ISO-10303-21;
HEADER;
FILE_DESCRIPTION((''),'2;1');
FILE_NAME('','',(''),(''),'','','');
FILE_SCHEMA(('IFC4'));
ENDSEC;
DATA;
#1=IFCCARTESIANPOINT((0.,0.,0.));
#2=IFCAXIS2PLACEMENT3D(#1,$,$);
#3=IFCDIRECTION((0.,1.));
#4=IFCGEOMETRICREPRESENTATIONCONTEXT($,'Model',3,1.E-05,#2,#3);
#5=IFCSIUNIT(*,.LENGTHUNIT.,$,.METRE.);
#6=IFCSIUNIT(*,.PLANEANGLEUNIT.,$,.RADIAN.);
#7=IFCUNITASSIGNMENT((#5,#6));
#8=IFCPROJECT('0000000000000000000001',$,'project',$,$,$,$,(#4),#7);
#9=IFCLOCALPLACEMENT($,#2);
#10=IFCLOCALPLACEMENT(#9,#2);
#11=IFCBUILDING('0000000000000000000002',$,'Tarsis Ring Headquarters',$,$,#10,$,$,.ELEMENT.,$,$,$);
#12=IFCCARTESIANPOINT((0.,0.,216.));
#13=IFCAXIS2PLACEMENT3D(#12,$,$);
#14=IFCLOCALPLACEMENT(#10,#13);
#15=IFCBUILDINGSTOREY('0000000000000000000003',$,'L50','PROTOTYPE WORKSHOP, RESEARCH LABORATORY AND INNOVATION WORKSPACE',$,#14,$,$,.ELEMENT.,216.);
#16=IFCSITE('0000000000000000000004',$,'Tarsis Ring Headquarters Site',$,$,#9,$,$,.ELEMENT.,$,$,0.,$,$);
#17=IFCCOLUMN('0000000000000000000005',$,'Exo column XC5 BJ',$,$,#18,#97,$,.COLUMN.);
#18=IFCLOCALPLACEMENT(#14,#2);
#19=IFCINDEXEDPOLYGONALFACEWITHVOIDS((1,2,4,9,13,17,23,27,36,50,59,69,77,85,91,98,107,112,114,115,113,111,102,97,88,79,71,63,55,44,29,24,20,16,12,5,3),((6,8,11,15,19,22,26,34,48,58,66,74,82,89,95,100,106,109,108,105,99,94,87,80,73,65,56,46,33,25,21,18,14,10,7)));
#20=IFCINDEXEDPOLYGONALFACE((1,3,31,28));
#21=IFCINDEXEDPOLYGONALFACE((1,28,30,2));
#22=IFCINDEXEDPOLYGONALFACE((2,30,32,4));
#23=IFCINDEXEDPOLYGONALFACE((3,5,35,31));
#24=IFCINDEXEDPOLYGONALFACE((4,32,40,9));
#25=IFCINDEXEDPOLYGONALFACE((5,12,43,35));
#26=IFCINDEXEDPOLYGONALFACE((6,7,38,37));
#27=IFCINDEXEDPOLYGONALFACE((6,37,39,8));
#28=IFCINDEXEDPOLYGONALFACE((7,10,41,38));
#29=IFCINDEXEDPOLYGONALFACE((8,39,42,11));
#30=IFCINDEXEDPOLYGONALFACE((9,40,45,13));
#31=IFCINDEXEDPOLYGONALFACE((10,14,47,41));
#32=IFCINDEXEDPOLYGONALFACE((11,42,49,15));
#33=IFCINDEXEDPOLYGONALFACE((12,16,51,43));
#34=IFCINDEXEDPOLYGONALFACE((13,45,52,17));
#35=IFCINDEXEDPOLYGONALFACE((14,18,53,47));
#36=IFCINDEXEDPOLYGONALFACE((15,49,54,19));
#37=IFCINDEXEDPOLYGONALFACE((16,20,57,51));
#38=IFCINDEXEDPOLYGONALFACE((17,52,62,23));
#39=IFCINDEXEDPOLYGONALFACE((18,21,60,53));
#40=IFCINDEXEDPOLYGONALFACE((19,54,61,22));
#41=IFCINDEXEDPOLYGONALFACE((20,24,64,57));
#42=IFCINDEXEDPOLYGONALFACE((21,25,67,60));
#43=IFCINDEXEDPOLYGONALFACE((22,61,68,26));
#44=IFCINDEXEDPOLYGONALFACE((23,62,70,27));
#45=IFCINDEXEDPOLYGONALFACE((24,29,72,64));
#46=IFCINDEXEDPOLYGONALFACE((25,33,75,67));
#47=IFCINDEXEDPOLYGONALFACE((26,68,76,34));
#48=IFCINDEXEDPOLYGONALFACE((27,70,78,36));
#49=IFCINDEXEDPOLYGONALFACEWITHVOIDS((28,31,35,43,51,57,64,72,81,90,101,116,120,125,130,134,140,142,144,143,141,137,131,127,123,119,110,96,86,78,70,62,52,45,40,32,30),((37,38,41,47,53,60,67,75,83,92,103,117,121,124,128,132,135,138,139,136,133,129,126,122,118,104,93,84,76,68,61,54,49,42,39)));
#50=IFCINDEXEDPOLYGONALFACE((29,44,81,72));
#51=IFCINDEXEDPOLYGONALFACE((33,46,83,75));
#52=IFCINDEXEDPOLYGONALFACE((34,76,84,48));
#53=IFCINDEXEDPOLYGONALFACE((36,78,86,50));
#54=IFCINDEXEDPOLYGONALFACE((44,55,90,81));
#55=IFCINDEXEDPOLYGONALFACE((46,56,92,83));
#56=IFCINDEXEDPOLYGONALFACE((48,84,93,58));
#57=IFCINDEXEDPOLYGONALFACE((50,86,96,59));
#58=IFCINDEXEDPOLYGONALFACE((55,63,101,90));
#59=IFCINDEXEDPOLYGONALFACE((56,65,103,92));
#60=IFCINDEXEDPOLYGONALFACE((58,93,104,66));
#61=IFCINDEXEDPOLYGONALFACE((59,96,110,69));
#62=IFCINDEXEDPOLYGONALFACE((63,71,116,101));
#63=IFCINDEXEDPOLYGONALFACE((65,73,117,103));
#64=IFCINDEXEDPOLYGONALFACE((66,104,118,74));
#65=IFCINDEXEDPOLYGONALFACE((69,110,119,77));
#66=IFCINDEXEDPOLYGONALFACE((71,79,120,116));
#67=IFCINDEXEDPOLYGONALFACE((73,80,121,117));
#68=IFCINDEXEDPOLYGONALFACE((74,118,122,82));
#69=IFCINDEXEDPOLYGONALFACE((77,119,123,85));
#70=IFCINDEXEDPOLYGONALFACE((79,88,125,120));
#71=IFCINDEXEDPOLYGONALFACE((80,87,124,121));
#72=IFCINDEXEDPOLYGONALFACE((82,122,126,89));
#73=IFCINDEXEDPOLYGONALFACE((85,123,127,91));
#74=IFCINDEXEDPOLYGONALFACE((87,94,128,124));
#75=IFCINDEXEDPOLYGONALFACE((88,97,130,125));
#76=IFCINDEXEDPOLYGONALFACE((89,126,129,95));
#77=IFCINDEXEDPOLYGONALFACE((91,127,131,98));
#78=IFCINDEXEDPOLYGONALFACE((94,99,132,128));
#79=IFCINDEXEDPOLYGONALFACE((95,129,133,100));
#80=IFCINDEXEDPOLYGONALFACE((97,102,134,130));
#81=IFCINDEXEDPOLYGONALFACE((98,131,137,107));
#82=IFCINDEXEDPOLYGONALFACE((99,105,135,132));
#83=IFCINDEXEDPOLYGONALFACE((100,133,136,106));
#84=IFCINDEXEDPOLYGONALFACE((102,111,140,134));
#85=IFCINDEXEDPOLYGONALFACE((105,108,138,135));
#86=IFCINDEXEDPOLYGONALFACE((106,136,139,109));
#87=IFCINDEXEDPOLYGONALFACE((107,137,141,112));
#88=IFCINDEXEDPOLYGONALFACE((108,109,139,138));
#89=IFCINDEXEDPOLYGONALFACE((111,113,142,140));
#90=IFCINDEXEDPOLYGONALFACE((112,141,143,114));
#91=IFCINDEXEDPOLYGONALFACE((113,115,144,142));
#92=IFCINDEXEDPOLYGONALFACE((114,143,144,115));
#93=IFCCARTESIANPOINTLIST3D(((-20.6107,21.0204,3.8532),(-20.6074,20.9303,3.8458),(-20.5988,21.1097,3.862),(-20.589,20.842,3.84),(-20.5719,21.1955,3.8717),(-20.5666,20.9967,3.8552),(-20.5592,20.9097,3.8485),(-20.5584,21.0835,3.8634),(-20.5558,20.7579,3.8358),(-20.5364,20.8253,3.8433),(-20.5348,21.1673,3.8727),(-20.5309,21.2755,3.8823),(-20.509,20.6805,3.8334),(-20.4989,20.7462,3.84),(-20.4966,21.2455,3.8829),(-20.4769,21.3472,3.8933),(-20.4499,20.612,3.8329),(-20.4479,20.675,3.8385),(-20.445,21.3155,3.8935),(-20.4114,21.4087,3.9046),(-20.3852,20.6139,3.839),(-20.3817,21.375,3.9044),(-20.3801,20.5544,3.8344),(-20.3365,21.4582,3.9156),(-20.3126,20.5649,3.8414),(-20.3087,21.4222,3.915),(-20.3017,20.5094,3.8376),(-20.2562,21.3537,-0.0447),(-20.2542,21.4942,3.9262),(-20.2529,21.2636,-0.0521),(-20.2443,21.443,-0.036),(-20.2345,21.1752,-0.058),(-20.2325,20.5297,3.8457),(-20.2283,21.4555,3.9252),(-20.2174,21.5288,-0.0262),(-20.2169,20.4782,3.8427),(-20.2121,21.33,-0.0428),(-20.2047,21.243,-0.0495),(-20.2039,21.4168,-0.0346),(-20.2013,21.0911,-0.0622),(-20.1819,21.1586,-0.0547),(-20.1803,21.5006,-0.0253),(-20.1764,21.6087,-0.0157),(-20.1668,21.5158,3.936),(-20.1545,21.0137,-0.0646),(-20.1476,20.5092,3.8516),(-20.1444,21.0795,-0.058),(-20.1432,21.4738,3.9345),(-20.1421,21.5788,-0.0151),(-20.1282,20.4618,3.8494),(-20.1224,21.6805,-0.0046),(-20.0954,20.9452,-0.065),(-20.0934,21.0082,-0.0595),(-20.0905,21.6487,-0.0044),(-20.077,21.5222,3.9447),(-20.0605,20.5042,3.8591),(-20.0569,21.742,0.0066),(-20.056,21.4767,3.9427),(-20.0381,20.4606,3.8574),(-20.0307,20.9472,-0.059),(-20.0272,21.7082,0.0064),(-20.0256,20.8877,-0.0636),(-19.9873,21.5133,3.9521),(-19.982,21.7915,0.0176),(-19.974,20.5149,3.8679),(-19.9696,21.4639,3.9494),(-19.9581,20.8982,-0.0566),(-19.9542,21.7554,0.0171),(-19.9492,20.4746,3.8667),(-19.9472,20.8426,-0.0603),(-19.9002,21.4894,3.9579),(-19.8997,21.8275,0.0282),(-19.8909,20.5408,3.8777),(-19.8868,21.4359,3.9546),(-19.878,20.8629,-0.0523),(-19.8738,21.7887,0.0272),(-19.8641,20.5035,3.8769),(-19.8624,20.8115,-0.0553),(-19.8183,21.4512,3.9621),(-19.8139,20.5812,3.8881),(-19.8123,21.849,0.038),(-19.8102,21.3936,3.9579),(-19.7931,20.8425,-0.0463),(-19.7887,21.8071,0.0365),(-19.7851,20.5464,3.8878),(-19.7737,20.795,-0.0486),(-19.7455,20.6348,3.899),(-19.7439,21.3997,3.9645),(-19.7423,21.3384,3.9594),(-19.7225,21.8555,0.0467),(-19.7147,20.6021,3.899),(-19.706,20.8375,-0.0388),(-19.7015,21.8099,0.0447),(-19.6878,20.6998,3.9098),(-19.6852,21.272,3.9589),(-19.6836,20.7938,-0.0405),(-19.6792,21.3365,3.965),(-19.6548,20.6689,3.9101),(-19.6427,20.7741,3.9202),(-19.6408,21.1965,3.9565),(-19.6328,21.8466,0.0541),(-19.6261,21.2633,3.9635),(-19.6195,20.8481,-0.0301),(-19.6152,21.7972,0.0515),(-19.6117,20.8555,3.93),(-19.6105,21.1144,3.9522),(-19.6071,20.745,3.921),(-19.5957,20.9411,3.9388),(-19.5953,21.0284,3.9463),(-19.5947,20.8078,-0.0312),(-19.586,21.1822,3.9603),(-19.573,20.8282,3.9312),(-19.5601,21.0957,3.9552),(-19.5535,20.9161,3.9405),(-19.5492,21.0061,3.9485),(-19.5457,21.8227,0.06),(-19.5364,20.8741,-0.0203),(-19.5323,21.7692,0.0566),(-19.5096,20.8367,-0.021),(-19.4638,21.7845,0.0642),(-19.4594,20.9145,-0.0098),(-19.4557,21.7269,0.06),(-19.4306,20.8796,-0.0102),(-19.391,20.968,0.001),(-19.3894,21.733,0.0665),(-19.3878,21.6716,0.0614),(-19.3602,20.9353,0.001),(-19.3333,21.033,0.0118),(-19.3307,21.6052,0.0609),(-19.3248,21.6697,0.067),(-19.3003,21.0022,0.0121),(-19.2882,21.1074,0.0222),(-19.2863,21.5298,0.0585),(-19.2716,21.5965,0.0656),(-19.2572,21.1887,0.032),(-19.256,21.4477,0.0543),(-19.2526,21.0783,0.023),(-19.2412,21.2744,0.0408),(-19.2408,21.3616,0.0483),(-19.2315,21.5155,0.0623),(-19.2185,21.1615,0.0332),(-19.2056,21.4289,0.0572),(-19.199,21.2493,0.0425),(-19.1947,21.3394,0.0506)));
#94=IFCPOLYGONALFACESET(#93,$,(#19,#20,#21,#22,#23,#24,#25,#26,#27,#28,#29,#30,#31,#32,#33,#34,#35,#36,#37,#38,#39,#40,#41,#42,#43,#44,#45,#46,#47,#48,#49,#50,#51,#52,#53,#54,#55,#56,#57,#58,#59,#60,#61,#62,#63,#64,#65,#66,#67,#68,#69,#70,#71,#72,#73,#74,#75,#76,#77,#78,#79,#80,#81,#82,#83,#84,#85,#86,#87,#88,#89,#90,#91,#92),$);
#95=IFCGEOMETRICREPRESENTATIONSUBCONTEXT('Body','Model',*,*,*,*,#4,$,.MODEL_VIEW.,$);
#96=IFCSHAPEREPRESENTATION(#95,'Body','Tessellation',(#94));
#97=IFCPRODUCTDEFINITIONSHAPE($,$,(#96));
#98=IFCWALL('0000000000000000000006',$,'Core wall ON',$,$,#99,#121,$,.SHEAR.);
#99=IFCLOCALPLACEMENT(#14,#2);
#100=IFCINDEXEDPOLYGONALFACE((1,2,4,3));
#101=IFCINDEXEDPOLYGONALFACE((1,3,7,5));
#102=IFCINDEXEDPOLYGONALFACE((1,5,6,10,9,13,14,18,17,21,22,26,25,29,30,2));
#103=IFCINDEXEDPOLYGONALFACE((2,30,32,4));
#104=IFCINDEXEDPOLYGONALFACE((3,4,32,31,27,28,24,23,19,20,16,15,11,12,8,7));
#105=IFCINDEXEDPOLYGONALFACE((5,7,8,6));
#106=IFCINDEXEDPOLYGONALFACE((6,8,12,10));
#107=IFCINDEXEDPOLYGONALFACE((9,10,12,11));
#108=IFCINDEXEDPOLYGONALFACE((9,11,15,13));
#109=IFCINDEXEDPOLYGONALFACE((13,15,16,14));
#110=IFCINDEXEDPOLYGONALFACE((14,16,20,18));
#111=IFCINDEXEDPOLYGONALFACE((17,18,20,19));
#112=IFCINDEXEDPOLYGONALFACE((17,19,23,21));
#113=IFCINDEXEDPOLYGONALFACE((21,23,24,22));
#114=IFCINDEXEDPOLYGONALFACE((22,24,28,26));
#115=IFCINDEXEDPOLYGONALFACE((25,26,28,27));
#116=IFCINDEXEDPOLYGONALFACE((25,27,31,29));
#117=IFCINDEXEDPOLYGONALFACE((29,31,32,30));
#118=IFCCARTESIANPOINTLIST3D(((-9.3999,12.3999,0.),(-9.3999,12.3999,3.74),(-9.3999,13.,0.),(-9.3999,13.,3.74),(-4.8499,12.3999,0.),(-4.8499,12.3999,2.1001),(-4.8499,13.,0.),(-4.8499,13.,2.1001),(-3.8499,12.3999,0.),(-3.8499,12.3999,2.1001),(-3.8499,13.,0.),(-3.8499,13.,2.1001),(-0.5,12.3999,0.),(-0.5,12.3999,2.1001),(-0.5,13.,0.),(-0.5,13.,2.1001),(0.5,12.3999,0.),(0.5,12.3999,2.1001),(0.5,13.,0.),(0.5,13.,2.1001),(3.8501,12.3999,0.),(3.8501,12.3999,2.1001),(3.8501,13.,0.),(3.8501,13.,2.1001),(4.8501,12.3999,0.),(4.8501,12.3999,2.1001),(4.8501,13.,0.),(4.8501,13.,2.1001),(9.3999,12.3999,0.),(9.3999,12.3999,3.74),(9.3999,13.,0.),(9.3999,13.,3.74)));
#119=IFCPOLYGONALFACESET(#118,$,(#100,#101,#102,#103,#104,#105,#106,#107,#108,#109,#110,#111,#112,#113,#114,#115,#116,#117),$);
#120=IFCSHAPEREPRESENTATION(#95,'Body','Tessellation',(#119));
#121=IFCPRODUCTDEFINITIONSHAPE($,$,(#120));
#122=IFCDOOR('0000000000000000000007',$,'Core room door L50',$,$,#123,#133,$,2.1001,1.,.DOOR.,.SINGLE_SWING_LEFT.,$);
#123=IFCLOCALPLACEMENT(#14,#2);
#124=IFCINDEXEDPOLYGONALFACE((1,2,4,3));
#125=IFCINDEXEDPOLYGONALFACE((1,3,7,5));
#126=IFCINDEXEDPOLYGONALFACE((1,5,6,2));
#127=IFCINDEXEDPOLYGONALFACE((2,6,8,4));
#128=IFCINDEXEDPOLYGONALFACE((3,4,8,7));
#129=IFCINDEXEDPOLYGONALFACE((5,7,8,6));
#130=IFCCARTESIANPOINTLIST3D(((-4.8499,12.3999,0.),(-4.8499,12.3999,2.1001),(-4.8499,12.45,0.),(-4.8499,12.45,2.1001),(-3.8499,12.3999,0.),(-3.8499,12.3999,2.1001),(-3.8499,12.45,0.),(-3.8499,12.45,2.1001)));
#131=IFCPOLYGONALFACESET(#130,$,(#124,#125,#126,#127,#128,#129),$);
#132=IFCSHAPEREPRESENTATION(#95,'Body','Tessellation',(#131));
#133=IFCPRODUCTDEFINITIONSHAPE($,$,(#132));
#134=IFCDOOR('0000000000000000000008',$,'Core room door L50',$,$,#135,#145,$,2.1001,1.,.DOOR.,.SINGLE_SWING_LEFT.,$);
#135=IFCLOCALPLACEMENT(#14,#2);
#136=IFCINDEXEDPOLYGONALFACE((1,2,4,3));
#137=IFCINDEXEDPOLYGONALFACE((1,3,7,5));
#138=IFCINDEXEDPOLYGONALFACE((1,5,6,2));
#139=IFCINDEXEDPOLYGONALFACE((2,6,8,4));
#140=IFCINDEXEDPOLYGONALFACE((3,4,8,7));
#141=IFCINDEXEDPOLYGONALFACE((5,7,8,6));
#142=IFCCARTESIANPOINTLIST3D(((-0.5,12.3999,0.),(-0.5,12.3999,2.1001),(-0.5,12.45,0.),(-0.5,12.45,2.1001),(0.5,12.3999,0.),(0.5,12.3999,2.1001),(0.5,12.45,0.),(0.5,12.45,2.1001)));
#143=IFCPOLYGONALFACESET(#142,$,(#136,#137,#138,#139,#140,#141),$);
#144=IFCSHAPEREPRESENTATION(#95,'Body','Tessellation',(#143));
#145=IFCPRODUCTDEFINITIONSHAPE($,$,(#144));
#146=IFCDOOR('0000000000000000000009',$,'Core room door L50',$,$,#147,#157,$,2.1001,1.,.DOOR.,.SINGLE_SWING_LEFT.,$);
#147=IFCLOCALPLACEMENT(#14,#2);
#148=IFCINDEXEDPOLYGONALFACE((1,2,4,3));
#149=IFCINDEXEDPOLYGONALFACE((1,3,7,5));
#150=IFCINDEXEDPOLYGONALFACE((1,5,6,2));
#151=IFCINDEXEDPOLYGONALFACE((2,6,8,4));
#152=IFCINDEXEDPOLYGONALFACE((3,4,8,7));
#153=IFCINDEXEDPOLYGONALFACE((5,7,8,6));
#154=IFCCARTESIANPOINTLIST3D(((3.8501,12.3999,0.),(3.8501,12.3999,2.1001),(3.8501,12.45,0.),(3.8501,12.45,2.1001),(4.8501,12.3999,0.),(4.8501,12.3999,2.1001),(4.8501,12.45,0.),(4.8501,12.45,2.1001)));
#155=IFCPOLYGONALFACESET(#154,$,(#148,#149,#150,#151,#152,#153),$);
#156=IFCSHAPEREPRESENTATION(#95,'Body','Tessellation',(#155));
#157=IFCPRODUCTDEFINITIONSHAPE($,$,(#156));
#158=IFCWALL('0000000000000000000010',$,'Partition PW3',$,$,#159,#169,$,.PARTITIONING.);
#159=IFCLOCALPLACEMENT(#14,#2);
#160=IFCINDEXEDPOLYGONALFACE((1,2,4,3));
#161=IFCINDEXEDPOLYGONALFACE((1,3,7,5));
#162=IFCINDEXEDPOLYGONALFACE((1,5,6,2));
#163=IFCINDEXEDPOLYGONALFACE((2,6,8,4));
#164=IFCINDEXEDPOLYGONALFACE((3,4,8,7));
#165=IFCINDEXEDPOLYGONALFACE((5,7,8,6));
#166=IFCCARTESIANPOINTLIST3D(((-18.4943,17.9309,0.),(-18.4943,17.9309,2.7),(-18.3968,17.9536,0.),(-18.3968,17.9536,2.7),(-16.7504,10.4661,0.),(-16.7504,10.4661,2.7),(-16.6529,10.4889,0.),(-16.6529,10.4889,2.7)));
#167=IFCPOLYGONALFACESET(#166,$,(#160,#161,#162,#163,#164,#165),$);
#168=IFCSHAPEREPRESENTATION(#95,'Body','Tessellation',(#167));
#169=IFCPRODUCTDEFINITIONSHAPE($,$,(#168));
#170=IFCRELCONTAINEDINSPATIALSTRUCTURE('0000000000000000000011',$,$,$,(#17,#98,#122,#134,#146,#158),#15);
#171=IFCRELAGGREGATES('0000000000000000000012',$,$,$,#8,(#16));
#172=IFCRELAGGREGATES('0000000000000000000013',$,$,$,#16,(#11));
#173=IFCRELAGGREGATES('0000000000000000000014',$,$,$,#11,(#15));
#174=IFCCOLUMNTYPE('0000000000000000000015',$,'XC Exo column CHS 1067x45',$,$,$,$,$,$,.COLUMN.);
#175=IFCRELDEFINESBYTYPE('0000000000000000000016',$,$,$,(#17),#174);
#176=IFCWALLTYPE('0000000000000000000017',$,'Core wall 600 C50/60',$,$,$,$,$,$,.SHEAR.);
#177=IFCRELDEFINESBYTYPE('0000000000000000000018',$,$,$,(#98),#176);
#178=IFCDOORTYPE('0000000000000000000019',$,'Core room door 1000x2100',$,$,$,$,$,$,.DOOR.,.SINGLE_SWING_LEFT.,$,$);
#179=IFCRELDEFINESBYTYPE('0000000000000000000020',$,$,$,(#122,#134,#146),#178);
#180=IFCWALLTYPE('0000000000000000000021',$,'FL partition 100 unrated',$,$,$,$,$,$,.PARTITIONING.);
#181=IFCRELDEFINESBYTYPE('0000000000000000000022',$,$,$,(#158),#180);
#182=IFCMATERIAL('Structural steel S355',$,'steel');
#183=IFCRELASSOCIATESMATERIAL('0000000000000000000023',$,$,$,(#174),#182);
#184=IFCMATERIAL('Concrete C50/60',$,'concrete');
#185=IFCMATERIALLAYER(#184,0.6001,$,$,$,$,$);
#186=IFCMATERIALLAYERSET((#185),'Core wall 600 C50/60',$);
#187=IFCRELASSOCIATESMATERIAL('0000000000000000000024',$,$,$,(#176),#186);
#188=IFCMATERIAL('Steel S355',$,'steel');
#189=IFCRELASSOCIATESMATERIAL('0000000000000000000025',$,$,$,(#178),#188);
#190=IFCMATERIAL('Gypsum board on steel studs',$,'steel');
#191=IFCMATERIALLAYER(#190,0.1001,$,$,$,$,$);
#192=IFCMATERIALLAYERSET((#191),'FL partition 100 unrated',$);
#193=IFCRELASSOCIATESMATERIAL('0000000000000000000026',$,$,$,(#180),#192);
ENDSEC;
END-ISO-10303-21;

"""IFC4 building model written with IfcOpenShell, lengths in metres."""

from ifc_helpers import new_model, si_unit, direction, frame, frame_2d, origin, origin_2d, place, context, subcontext, project, spatial, rectangle, hollow_circle, extrude, material, layer, layer_set, material_profile, profile_set, type_object, element, fill, save


model = new_model("IFC4")

# Units and contexts
model_context = context("Model", 3, precision=1e-05, world=origin(), true_north=direction((0.0, 1.0)))
body_context = subcontext(model_context, "Body", "Model", "MODEL_VIEW")
ifc_project = project(units=[si_unit("LENGTHUNIT", "METRE"), si_unit("PLANEANGLEUNIT", "RADIAN")], contexts=[model_context])

# Site, building, storey
site_placement = place(None, origin())
site = spatial("IfcSite", under=ifc_project, at=site_placement, Name="Tarsis Ring Headquarters Site", CompositionType="ELEMENT", RefElevation=0.0)
building_placement = place(site_placement, origin())
building = spatial("IfcBuilding", under=site, at=building_placement, Name="Tarsis Ring Headquarters", CompositionType="ELEMENT")
storey_placement = place(building_placement, frame((0.0, 0.0, 216.0)))
storey = spatial("IfcBuildingStorey", under=building, at=storey_placement, Name="L50", Description="PROTOTYPE WORKSHOP, RESEARCH LABORATORY AND INNOVATION WORKSPACE", CompositionType="ELEMENT", Elevation=216.0)

# Column
ifc_material_1 = material(Name="Structural steel S355", Category="steel")
ifc_material_profile = material_profile(ifc_material_1, hollow_circle(Radius=0.5334, WallThickness=0.0449, at=origin_2d()), Name="CHS 1067x45")
ifc_profile_set = profile_set([ifc_material_profile], Name="Structural steel S355")
column_type = type_object("IfcColumnType", Name="XC Exo column CHS 1067x45", PredefinedType="COLUMN", material=ifc_profile_set)
column_placement = place(storey_placement, frame((-19.7256, 21.324, 0.001), z_axis=(-0.090243, -0.084836, 0.9923), x_axis=(0.684942, -0.728598, 0.0)))
element("IfcColumn", 1, at=column_placement, inside=storey, type_object=column_type, Name="Exo column XC5 BJ", PredefinedType="COLUMN", context=body_context, shape_type="SweptSolid", body=[
    extrude(hollow_circle(Radius=0.5334, WallThickness=0.0449, at=origin_2d()), origin(), (0.0, 0.0, 1.0), 3.9282),
])

# Wall, openings, doors
ifc_material_2 = material(Name="Concrete C50/60", Category="concrete")
ifc_layer_1 = layer(ifc_material_2, 0.6001)
ifc_layer_set_1 = layer_set([ifc_layer_1], Name="Core wall 600 C50/60")
wall_type_1 = type_object("IfcWallType", Name="Core wall 600 C50/60", PredefinedType="SHEAR", material=ifc_layer_set_1)
wall_1_placement = place(storey_placement, frame((-9.3999, 12.7, 0.0), z_axis=(0.0, 0.0, 1.0), x_axis=(1.0, 0.0, 0.0)))
wall_1 = element("IfcWall", 2, at=wall_1_placement, inside=storey, type_object=wall_type_1, Name="Core wall ON", PredefinedType="SHEAR", context=body_context, shape_type="SweptSolid", body=[
    extrude(rectangle(XDim=18.7998, YDim=0.6001, at=frame_2d((9.3999, 0.0))), origin(), (0.0, 0.0, 1.0), 3.74),
])
opening_1_placement = place(wall_1_placement, frame((4.55, 0.0, 0.0)))
opening_1 = element("IfcOpeningElement", 3, at=opening_1_placement, cuts=wall_1, PredefinedType="OPENING", context=body_context, shape_type="SweptSolid", body=[
    extrude(rectangle(XDim=1.0, YDim=2.1001, at=frame_2d((0.5, 1.05))), frame((0.0, 0.3101, 0.0), z_axis=(0.0, -1.0, 0.0), x_axis=(1.0, 0.0, 0.0)), (0.0, 0.0, 1.0), 0.6201),
])
opening_2_placement = place(wall_1_placement, frame((8.8999, 0.0, 0.0)))
opening_2 = element("IfcOpeningElement", 4, at=opening_2_placement, cuts=wall_1, PredefinedType="OPENING", context=body_context, shape_type="SweptSolid", body=[
    extrude(rectangle(XDim=1.0, YDim=2.1001, at=frame_2d((0.5, 1.05))), frame((0.0, 0.3101, 0.0), z_axis=(0.0, -1.0, 0.0), x_axis=(1.0, 0.0, 0.0)), (0.0, 0.0, 1.0), 0.6201),
])
opening_3_placement = place(wall_1_placement, frame((13.25, 0.0, 0.0)))
opening_3 = element("IfcOpeningElement", 5, at=opening_3_placement, cuts=wall_1, PredefinedType="OPENING", context=body_context, shape_type="SweptSolid", body=[
    extrude(rectangle(XDim=1.0, YDim=2.1001, at=frame_2d((0.5, 1.05))), frame((0.0, 0.3101, 0.0), z_axis=(0.0, -1.0, 0.0), x_axis=(1.0, 0.0, 0.0)), (0.0, 0.0, 1.0), 0.6201),
])
ifc_material_3 = material(Name="Steel S355", Category="steel")
door_type_1 = type_object("IfcDoorType", Name="Core room door 1000x2100", OperationType="SINGLE_SWING_LEFT", PredefinedType="DOOR", material=ifc_material_3)
door_1_placement = place(opening_1_placement, origin())
door_1 = element("IfcDoor", 6, at=door_1_placement, inside=storey, type_object=door_type_1, Name="Core room door L50", OperationType="SINGLE_SWING_LEFT", OverallHeight=2.1001, OverallWidth=1.0, PredefinedType="DOOR", context=body_context, shape_type="SweptSolid", body=[
    extrude(rectangle(XDim=1.0, YDim=2.1001, at=frame_2d((0.5, 1.05))), frame((0.0, -0.25, 0.0), z_axis=(0.0, -1.0, 0.0), x_axis=(1.0, 0.0, 0.0)), (0.0, 0.0, 1.0), 0.05),
])
fill(opening_1, door_1)
door_2_placement = place(opening_2_placement, origin())
door_2 = element("IfcDoor", 7, at=door_2_placement, inside=storey, type_object=door_type_1, Name="Core room door L50", OperationType="SINGLE_SWING_LEFT", OverallHeight=2.1001, OverallWidth=1.0, PredefinedType="DOOR", context=body_context, shape_type="SweptSolid", body=[
    extrude(rectangle(XDim=1.0, YDim=2.1001, at=frame_2d((0.5, 1.05))), frame((0.0, -0.25, 0.0), z_axis=(0.0, -1.0, 0.0), x_axis=(1.0, 0.0, 0.0)), (0.0, 0.0, 1.0), 0.05),
])
fill(opening_2, door_2)
door_3_placement = place(opening_3_placement, origin())
door_3 = element("IfcDoor", 8, at=door_3_placement, inside=storey, type_object=door_type_1, Name="Core room door L50", OperationType="SINGLE_SWING_LEFT", OverallHeight=2.1001, OverallWidth=1.0, PredefinedType="DOOR", context=body_context, shape_type="SweptSolid", body=[
    extrude(rectangle(XDim=1.0, YDim=2.1001, at=frame_2d((0.5, 1.05))), frame((0.0, -0.25, 0.0), z_axis=(0.0, -1.0, 0.0), x_axis=(1.0, 0.0, 0.0)), (0.0, 0.0, 1.0), 0.05),
])
fill(opening_3, door_3)

# Wall
ifc_material_4 = material(Name="Gypsum board on steel studs", Category="steel")
ifc_layer_2 = layer(ifc_material_4, 0.1001)
ifc_layer_set_2 = layer_set([ifc_layer_2], Name="FL partition 100 unrated")
wall_type_2 = type_object("IfcWallType", Name="FL partition 100 unrated", PredefinedType="PARTITIONING", material=ifc_layer_set_2)
wall_2_placement = place(storey_placement, frame((-18.4456, 17.9424, 0.0), z_axis=(0.0, 0.0, 1.0), x_axis=(0.227489, -0.973781, 0.0)))
element("IfcWall", 9, at=wall_2_placement, inside=storey, type_object=wall_type_2, Name="Partition PW3", PredefinedType="PARTITIONING", context=body_context, shape_type="SweptSolid", body=[
    extrude(rectangle(XDim=7.6658, YDim=0.1001, at=frame_2d((3.833, 0.0))), origin(), (0.0, 0.0, 1.0), 2.7),
])

save(model, "model.ifc")
